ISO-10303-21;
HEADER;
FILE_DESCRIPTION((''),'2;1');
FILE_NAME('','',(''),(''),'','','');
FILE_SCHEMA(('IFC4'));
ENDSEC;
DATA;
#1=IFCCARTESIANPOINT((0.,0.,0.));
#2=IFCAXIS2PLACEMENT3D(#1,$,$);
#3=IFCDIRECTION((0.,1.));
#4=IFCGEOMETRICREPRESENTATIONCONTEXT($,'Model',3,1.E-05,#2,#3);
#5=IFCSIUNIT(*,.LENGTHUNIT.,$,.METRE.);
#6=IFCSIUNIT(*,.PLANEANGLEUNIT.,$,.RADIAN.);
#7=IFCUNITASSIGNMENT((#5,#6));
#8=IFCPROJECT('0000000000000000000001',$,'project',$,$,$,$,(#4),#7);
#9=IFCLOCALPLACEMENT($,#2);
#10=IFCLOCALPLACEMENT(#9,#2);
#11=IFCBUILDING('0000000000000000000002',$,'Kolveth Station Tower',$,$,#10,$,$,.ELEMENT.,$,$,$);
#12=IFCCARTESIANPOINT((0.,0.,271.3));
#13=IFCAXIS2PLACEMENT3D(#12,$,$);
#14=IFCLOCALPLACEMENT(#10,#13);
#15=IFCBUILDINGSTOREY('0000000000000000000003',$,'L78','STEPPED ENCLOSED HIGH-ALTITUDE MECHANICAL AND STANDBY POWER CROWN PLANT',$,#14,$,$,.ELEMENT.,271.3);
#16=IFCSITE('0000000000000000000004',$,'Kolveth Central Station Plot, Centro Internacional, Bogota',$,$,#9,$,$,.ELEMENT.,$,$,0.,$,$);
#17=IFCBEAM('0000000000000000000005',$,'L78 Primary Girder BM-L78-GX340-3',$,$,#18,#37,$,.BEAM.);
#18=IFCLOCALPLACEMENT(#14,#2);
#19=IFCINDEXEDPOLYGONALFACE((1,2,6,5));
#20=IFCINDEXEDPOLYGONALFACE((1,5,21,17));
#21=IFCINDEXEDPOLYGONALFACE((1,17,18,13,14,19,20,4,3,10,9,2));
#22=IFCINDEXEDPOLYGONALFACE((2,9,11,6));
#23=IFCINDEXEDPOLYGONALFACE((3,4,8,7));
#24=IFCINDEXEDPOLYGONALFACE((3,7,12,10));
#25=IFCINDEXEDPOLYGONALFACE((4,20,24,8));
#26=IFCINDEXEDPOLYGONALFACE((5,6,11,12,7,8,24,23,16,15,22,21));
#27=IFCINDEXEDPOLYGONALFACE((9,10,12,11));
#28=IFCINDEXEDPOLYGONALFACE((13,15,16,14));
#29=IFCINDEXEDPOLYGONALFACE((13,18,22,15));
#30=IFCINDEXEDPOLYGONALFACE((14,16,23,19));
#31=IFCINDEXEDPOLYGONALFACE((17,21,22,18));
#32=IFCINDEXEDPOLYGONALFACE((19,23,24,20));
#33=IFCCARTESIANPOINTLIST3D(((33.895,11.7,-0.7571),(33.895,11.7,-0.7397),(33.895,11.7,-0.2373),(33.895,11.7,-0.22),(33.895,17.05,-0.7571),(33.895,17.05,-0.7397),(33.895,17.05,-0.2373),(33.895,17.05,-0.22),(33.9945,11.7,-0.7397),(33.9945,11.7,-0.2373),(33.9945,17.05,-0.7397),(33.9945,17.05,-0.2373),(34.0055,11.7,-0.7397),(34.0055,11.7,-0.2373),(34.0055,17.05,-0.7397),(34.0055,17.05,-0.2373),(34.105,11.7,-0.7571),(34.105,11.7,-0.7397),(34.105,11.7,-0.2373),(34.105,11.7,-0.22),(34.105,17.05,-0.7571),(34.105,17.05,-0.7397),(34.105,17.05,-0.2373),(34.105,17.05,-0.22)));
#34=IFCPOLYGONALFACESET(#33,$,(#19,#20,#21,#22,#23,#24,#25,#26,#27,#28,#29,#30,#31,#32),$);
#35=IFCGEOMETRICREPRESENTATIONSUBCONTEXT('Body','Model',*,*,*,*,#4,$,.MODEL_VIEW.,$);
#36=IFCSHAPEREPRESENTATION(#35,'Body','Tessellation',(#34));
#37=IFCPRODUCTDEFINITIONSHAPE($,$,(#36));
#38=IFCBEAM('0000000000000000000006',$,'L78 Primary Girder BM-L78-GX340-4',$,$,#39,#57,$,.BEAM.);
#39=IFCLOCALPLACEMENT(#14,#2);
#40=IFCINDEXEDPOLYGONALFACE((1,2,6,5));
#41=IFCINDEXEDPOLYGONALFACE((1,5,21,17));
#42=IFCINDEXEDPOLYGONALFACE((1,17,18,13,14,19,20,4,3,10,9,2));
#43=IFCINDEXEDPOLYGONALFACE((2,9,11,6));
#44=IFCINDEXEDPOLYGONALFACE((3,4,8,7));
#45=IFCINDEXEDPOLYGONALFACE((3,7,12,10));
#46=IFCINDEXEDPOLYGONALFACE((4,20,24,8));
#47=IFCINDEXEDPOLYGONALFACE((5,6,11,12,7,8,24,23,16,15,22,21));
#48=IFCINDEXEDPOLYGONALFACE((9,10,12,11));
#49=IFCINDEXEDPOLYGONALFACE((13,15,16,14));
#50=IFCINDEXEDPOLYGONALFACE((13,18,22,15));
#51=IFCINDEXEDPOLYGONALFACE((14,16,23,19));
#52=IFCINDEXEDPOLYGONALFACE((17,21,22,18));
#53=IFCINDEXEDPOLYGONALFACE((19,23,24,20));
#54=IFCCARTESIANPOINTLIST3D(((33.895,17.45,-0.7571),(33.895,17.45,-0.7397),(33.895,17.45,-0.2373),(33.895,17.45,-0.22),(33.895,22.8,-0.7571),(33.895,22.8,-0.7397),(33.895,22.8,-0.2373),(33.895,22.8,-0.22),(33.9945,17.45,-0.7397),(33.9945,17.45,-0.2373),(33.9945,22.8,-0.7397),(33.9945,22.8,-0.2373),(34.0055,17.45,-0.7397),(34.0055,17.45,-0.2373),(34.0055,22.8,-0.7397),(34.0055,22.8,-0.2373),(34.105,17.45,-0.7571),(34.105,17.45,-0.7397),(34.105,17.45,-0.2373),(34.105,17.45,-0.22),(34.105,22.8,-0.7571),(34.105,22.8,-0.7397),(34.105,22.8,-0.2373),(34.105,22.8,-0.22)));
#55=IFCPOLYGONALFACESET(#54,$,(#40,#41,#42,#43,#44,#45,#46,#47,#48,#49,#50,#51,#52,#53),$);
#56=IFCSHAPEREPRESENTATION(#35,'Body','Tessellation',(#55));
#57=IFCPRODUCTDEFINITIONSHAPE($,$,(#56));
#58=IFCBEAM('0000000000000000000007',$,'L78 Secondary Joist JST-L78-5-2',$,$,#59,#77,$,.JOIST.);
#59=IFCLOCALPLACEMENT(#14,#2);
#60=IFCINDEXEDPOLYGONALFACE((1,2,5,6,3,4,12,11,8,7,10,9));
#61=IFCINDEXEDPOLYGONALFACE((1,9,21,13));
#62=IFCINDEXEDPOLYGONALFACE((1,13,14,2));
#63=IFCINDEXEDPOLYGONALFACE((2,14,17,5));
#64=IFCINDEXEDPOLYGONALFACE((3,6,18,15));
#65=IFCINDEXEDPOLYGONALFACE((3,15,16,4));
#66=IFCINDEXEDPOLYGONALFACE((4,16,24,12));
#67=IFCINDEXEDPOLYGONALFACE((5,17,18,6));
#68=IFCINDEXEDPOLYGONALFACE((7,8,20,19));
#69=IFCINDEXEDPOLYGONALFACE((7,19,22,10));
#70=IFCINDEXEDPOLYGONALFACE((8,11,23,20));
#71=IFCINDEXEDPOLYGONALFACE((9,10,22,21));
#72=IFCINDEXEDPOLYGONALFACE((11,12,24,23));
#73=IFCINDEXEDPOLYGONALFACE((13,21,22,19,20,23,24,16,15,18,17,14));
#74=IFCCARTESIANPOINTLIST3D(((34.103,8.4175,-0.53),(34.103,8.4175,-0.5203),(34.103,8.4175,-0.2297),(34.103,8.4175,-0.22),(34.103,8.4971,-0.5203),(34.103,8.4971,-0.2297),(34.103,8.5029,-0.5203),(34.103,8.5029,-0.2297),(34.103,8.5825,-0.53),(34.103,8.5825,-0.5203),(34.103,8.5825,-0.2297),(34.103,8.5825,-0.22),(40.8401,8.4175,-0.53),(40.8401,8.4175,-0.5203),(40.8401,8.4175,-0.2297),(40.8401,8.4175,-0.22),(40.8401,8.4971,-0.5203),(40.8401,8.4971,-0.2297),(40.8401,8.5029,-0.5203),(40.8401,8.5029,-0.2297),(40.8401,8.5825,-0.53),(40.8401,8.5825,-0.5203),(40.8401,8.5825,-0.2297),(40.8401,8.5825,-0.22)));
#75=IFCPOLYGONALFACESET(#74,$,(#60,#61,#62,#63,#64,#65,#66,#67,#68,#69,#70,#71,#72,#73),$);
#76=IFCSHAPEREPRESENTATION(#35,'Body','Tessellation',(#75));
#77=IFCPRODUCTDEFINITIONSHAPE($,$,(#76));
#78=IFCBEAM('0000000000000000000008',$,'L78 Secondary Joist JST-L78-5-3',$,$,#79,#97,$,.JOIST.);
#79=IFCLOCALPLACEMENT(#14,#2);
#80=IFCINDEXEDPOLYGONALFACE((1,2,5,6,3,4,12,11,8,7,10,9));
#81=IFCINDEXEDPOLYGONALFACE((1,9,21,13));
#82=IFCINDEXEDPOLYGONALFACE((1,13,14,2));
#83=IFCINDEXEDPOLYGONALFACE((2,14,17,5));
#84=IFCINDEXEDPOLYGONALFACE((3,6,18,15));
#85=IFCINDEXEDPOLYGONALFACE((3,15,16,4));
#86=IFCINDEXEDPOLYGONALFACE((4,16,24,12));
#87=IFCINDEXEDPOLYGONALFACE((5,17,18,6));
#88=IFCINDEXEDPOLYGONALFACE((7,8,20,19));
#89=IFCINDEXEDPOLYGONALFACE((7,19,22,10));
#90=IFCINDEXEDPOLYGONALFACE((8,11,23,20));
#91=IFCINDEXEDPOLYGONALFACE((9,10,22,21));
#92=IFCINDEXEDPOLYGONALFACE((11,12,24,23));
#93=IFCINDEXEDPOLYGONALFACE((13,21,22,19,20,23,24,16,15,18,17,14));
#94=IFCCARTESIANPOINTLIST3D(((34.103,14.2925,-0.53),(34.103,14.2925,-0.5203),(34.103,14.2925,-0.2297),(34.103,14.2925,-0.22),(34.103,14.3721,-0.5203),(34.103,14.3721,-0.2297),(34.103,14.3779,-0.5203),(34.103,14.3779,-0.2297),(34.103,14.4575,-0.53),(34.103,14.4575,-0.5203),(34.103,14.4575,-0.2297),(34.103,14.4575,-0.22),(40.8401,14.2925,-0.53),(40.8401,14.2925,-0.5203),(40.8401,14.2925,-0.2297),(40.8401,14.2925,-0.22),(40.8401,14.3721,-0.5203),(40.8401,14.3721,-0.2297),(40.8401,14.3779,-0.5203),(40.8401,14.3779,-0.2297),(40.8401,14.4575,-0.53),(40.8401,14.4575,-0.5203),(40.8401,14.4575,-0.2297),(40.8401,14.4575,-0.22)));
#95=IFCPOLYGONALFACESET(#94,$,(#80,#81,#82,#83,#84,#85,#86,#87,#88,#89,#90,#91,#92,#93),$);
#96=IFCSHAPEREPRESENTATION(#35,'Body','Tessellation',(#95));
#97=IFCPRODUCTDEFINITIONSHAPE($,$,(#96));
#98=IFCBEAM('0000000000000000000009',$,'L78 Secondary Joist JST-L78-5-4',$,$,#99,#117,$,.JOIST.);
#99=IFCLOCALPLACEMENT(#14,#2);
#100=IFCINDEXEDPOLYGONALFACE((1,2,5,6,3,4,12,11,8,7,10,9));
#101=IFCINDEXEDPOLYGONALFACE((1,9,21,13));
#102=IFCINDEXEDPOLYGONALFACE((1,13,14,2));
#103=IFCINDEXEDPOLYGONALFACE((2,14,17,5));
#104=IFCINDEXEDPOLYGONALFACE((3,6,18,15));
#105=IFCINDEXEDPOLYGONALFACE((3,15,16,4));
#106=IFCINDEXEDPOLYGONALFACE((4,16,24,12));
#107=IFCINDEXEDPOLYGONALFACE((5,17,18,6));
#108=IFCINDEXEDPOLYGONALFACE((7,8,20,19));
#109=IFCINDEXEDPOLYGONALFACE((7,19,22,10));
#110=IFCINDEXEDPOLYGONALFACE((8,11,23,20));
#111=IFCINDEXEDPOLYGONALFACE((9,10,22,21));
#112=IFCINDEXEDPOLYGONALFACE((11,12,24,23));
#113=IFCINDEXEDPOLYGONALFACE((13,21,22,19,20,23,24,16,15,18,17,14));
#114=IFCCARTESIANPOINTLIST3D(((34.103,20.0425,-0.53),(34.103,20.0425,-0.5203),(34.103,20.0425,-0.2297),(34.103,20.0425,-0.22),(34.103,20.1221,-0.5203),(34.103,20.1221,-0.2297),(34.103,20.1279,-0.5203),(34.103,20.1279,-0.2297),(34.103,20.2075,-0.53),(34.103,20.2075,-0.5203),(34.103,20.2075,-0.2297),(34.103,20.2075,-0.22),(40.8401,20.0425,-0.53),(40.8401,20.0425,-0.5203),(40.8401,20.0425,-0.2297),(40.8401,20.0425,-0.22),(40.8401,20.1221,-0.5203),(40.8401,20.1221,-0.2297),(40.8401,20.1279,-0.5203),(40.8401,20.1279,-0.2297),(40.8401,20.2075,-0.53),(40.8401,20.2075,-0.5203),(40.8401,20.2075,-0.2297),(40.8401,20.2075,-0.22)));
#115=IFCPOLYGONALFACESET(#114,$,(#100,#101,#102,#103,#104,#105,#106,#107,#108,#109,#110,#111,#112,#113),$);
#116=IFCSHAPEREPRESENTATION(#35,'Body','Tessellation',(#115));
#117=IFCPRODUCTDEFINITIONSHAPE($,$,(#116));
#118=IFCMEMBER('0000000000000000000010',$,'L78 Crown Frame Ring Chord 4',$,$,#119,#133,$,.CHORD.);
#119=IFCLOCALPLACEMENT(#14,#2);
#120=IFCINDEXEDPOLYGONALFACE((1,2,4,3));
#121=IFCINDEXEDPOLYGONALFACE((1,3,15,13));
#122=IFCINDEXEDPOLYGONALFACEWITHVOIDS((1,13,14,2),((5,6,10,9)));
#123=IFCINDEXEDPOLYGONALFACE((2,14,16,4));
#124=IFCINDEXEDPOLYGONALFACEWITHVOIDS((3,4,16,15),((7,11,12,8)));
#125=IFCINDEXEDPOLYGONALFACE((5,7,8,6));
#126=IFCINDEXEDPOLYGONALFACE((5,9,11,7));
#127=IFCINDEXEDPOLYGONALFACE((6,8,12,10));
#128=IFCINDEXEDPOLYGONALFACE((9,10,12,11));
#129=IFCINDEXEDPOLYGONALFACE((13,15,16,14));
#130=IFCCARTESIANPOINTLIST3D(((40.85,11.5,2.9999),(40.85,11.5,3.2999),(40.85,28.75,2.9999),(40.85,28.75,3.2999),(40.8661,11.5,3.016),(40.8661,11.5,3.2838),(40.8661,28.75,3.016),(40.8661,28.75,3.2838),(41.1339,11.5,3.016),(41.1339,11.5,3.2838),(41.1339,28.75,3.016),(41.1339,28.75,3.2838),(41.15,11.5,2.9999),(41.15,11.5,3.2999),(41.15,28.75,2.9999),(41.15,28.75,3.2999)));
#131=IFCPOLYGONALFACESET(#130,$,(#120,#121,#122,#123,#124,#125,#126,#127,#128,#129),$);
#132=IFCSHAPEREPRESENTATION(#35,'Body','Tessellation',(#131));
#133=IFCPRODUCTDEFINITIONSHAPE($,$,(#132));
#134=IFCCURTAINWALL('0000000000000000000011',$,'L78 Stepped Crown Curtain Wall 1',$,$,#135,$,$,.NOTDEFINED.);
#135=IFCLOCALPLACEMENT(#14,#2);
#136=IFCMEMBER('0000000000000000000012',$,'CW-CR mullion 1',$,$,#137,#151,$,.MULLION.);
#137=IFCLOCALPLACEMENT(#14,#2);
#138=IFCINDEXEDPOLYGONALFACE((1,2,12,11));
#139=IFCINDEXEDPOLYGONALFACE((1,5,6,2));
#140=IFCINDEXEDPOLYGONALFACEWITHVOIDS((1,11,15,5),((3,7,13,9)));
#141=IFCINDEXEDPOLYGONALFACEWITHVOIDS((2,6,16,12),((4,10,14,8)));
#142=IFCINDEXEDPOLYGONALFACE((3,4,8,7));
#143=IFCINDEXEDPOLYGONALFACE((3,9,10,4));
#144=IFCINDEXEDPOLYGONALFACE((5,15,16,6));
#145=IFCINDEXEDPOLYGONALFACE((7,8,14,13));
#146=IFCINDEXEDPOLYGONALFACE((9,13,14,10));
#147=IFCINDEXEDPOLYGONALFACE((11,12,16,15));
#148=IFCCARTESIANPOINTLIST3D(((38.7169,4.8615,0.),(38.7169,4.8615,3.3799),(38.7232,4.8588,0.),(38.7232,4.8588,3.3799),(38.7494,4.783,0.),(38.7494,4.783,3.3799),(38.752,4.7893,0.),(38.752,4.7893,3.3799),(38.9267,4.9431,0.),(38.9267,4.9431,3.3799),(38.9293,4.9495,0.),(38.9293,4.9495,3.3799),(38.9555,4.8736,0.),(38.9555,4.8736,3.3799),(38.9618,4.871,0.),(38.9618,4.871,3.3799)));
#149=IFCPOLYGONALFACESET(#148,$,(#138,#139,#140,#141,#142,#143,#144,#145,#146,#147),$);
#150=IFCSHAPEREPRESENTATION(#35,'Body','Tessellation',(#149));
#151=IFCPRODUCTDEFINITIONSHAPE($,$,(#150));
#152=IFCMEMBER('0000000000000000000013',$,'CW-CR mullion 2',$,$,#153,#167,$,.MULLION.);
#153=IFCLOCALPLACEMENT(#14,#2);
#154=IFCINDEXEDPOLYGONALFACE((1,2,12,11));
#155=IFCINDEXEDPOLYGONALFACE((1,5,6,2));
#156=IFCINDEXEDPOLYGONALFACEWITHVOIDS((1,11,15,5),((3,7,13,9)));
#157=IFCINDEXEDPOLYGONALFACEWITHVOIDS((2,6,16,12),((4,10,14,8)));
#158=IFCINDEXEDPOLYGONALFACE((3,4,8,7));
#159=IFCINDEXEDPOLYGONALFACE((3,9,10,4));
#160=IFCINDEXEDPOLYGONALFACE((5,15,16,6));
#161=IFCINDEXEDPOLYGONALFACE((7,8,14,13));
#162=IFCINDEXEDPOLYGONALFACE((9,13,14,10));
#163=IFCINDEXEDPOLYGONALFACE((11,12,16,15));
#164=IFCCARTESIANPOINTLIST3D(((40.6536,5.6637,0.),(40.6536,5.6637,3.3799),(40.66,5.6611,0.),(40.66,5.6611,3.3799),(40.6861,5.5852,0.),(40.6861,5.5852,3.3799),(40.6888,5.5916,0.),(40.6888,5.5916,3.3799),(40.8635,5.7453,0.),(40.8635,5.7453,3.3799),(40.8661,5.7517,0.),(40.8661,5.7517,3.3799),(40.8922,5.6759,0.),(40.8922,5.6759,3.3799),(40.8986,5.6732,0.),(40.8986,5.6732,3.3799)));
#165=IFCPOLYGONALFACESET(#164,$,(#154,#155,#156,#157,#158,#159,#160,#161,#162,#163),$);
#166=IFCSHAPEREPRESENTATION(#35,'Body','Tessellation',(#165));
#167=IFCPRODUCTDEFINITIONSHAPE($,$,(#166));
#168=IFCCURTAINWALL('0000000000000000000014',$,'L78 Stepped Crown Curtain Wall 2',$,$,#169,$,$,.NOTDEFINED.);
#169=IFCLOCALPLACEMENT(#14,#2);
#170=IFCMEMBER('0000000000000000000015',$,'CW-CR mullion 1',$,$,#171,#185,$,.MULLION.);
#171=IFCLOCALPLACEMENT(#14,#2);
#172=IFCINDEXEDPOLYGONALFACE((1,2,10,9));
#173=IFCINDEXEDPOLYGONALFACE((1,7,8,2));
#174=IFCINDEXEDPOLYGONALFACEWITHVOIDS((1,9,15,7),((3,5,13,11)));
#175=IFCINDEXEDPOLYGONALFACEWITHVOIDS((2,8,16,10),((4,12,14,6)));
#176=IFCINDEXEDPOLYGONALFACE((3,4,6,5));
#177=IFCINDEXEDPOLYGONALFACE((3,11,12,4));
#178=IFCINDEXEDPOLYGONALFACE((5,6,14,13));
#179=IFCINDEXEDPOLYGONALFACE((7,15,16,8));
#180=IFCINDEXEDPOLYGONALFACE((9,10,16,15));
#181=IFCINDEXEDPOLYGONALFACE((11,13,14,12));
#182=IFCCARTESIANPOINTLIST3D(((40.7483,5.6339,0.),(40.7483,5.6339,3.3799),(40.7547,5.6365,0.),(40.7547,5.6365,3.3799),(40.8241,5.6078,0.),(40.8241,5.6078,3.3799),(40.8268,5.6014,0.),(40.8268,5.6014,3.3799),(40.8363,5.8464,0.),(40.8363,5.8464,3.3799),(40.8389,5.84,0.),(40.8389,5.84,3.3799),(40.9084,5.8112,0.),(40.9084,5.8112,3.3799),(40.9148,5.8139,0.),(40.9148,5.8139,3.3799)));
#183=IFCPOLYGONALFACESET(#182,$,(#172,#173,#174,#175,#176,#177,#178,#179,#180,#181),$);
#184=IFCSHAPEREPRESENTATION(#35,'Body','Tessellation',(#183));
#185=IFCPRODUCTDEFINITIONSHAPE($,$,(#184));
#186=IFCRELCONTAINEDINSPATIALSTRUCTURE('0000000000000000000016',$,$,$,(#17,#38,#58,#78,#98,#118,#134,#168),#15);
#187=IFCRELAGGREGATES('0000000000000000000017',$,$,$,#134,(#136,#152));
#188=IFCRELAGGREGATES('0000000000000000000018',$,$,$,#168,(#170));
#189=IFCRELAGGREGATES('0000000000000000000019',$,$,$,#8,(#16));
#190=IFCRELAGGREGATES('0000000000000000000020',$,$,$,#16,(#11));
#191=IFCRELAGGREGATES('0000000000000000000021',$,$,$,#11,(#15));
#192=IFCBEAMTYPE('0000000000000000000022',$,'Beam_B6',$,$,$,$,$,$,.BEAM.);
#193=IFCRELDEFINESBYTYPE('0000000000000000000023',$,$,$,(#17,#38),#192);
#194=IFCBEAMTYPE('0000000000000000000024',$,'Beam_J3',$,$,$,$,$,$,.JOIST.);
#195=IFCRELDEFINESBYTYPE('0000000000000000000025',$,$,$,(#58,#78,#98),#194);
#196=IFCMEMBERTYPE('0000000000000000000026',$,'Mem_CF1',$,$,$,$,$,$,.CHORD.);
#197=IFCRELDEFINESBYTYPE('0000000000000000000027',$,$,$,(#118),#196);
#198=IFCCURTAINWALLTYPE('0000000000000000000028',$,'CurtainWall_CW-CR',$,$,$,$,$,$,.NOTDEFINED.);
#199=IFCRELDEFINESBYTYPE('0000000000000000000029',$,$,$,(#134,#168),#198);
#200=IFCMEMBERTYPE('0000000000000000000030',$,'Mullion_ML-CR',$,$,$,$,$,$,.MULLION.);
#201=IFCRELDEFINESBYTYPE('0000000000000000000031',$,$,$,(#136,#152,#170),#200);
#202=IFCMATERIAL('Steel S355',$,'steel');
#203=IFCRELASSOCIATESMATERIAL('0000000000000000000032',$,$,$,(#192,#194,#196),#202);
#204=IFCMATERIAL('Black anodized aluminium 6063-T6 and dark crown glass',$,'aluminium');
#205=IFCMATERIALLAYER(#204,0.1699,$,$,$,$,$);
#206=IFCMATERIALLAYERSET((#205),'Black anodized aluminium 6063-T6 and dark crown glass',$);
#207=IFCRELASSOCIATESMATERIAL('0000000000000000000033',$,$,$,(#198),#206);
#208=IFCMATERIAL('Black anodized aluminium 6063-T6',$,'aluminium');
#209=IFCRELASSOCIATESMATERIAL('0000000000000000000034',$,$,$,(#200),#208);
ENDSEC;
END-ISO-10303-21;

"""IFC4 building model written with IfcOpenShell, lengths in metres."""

from ifc_helpers import new_model, si_unit, direction, frame, origin, origin_2d, place, context, subcontext, project, spatial, hollow_rectangle, i_section, extrude, source, transform, mapped, material, layer, layer_set, material_profile, profile_set, type_object, element, aggregate, save


model = new_model("IFC4")

# Units and contexts
model_context = context("Model", 3, precision=1e-05, world=origin(), true_north=direction((0.0, 1.0)))
body_context = subcontext(model_context, "Body", "Model", "MODEL_VIEW")
ifc_project = project(units=[si_unit("LENGTHUNIT", "METRE"), si_unit("PLANEANGLEUNIT", "RADIAN")], contexts=[model_context])

# Site, building, storey
site_placement = place(None, origin())
site = spatial("IfcSite", under=ifc_project, at=site_placement, Name="Kolveth Central Station Plot, Centro Internacional, Bogota", CompositionType="ELEMENT", RefElevation=0.0)
building_placement = place(site_placement, origin())
building = spatial("IfcBuilding", under=site, at=building_placement, Name="Kolveth Station Tower", CompositionType="ELEMENT")
storey_placement = place(building_placement, frame((0.0, 0.0, 271.3)))
storey = spatial("IfcBuildingStorey", under=building, at=storey_placement, Name="L78", Description="STEPPED ENCLOSED HIGH-ALTITUDE MECHANICAL AND STANDBY POWER CROWN PLANT", CompositionType="ELEMENT", Elevation=271.3)

# Shared definitions
ifc_material_1 = material(Name="Steel S355", Category="steel")

# Beams
ifc_material_profile_1 = material_profile(ifc_material_1, i_section(OverallWidth=0.21, OverallDepth=0.5371, WebThickness=0.011, FlangeThickness=0.0173, at=origin_2d()), Name="W530x101")
ifc_profile_set_1 = profile_set([ifc_material_profile_1], Name="Steel S355")
beam_type_1 = type_object("IfcBeamType", Name="Beam_B6", PredefinedType="BEAM", material=ifc_profile_set_1)
shared_shape_1 = source(origin(), body_context, "Body", "SweptSolid", [
    extrude(i_section(OverallWidth=0.21, OverallDepth=0.5371, WebThickness=0.011, FlangeThickness=0.0173, at=origin_2d()), origin(), (0.0, 0.0, 1.0), 5.3501),
])
for number, where, z_axis, x_axis, name in (
    (1, (34.0, 11.7, -0.4885), (0.0, 1.0, 0.0), (-1.0, 0.0, 0.0), "L78 Primary Girder BM-L78-GX340-3"),
    (2, (34.0, 17.45, -0.4885), (0.0, 1.0, 0.0), (-1.0, 0.0, 0.0), "L78 Primary Girder BM-L78-GX340-4"),
):
    element("IfcBeam", number, at=place(storey_placement, frame(where, z_axis=z_axis, x_axis=x_axis)), inside=storey, type_object=beam_type_1, Name=name, PredefinedType="BEAM", context=body_context, shape_type="MappedRepresentation", body=[
        mapped(shared_shape_1, transform((0.0, 0.0, 0.0), x_axis=(1.0, 0.0, 0.0), y_axis=(0.0, 1.0, 0.0), z_axis=(0.0, 0.0, 1.0), scale=1.0)),
    ])
ifc_material_profile_2 = material_profile(ifc_material_1, i_section(OverallWidth=0.165, OverallDepth=0.3101, WebThickness=0.0059, FlangeThickness=0.0098, at=origin_2d()), Name="W310x39")
ifc_profile_set_2 = profile_set([ifc_material_profile_2], Name="Steel S355")
beam_type_2 = type_object("IfcBeamType", Name="Beam_J3", PredefinedType="JOIST", material=ifc_profile_set_2)
shared_shape_2 = source(origin(), body_context, "Body", "SweptSolid", [
    extrude(i_section(OverallWidth=0.165, OverallDepth=0.3101, WebThickness=0.0059, FlangeThickness=0.0098, at=origin_2d()), origin(), (0.0, 0.0, 1.0), 6.7371),
])
for number, where, z_axis, x_axis, name in (
    (3, (34.103, 8.5, -0.375), (1.0, 0.0, 0.0), (0.0, 1.0, 0.0), "L78 Secondary Joist JST-L78-5-2"),
    (4, (34.103, 14.375, -0.375), (1.0, 0.0, 0.0), (0.0, 1.0, 0.0), "L78 Secondary Joist JST-L78-5-3"),
    (5, (34.103, 20.125, -0.375), (1.0, 0.0, 0.0), (0.0, 1.0, 0.0), "L78 Secondary Joist JST-L78-5-4"),
):
    element("IfcBeam", number, at=place(storey_placement, frame(where, z_axis=z_axis, x_axis=x_axis)), inside=storey, type_object=beam_type_2, Name=name, PredefinedType="JOIST", context=body_context, shape_type="MappedRepresentation", body=[
        mapped(shared_shape_2, transform((0.0, 0.0, 0.0), x_axis=(1.0, 0.0, 0.0), y_axis=(0.0, 1.0, 0.0), z_axis=(0.0, 0.0, 1.0), scale=1.0)),
    ])

# Member
ifc_material_profile_3 = material_profile(ifc_material_1, hollow_rectangle(XDim=0.3, YDim=0.3, WallThickness=0.0161, at=origin_2d()), Name="CROWN-HSS300x300x16")
ifc_profile_set_3 = profile_set([ifc_material_profile_3], Name="Steel S355")
member_type_1 = type_object("IfcMemberType", Name="Mem_CF1", PredefinedType="CHORD", material=ifc_profile_set_3)
shared_shape_3 = source(origin(), body_context, "Body", "SweptSolid", [
    extrude(hollow_rectangle(XDim=0.3, YDim=0.3, WallThickness=0.0161, at=origin_2d()), origin(), (0.0, 0.0, 1.0), 17.25),
])
member_1_placement = place(storey_placement, frame((41.0, 11.5, 3.1499), z_axis=(0.0, 1.0, 0.0), x_axis=(-1.0, 0.0, 0.0)))
element("IfcMember", 6, at=member_1_placement, inside=storey, type_object=member_type_1, Name="L78 Crown Frame Ring Chord 4", PredefinedType="CHORD", context=body_context, shape_type="MappedRepresentation", body=[
    mapped(shared_shape_3, transform((0.0, 0.0, 0.0), x_axis=(1.0, 0.0, 0.0), y_axis=(0.0, 1.0, 0.0), z_axis=(0.0, 0.0, 1.0), scale=1.0)),
])

# Curtain walls, members
ifc_material_2 = material(Name="Black anodized aluminium 6063-T6 and dark crown glass", Category="aluminium")
ifc_layer_1 = layer(ifc_material_2, 0.1699)
ifc_layer_set_1 = layer_set([ifc_layer_1], Name="Black anodized aluminium 6063-T6 and dark crown glass")
curtain_wall_type = type_object("IfcCurtainWallType", Name="CurtainWall_CW-CR", PredefinedType="NOTDEFINED", material=ifc_layer_set_1)
curtain_wall_1_placement = place(storey_placement, origin())
curtain_wall_1 = element("IfcCurtainWall", 7, at=curtain_wall_1_placement, inside=storey, type_object=curtain_wall_type, Name="L78 Stepped Crown Curtain Wall 1", PredefinedType="NOTDEFINED")
ifc_material_3 = material(Name="Black anodized aluminium 6063-T6", Category="aluminium")
ifc_material_profile_4 = material_profile(ifc_material_3, hollow_rectangle(XDim=0.085, YDim=0.23, WallThickness=0.0049, at=origin_2d()), Name="ALU-85x230x5")
ifc_profile_set_4 = profile_set([ifc_material_profile_4], Name="Black anodized aluminium 6063-T6")
member_type_2 = type_object("IfcMemberType", Name="Mullion_ML-CR", PredefinedType="MULLION", material=ifc_profile_set_4)
shared_shape_4 = source(origin(), body_context, "Body", "SweptSolid", [
    extrude(hollow_rectangle(XDim=0.085, YDim=0.23, WallThickness=0.0049, at=origin_2d()), origin(), (0.0, 0.0, 1.0), 3.3799),
])
member_2_placement = place(storey_placement, frame((38.8394, 4.8662, 0.0), z_axis=(0.0, 0.0, 1.0), x_axis=(-0.382658, 0.92389, 0.0)))
member_2 = element("IfcMember", 8, at=member_2_placement, type_object=member_type_2, Name="CW-CR mullion 1", PredefinedType="MULLION", context=body_context, shape_type="MappedRepresentation", body=[
    mapped(shared_shape_4, transform((0.0, 0.0, 0.0), x_axis=(1.0, 0.0, 0.0), y_axis=(0.0, 1.0, 0.0), z_axis=(0.0, 0.0, 1.0), scale=1.0)),
])
member_3_placement = place(storey_placement, frame((40.7761, 5.6685, 0.0), z_axis=(0.0, 0.0, 1.0), x_axis=(-0.382658, 0.92389, 0.0)))
member_3 = element("IfcMember", 9, at=member_3_placement, type_object=member_type_2, Name="CW-CR mullion 2", PredefinedType="MULLION", context=body_context, shape_type="MappedRepresentation", body=[
    mapped(shared_shape_4, transform((0.0, 0.0, 0.0), x_axis=(1.0, 0.0, 0.0), y_axis=(0.0, 1.0, 0.0), z_axis=(0.0, 0.0, 1.0), scale=1.0)),
])
curtain_wall_2_placement = place(storey_placement, origin())
curtain_wall_2 = element("IfcCurtainWall", 10, at=curtain_wall_2_placement, inside=storey, type_object=curtain_wall_type, Name="L78 Stepped Crown Curtain Wall 2", PredefinedType="NOTDEFINED")
member_4_placement = place(storey_placement, frame((40.8315, 5.7239, 0.0), z_axis=(0.0, 0.0, 1.0), x_axis=(-0.92389, 0.382658, 0.0)))
member_4 = element("IfcMember", 11, at=member_4_placement, type_object=member_type_2, Name="CW-CR mullion 1", PredefinedType="MULLION", context=body_context, shape_type="MappedRepresentation", body=[
    mapped(shared_shape_4, transform((0.0, 0.0, 0.0), x_axis=(1.0, 0.0, 0.0), y_axis=(0.0, 1.0, 0.0), z_axis=(0.0, 0.0, 1.0), scale=1.0)),
])

aggregate(curtain_wall_1, [member_2, member_3])
aggregate(curtain_wall_2, [member_4])

save(model, "model.ifc")
